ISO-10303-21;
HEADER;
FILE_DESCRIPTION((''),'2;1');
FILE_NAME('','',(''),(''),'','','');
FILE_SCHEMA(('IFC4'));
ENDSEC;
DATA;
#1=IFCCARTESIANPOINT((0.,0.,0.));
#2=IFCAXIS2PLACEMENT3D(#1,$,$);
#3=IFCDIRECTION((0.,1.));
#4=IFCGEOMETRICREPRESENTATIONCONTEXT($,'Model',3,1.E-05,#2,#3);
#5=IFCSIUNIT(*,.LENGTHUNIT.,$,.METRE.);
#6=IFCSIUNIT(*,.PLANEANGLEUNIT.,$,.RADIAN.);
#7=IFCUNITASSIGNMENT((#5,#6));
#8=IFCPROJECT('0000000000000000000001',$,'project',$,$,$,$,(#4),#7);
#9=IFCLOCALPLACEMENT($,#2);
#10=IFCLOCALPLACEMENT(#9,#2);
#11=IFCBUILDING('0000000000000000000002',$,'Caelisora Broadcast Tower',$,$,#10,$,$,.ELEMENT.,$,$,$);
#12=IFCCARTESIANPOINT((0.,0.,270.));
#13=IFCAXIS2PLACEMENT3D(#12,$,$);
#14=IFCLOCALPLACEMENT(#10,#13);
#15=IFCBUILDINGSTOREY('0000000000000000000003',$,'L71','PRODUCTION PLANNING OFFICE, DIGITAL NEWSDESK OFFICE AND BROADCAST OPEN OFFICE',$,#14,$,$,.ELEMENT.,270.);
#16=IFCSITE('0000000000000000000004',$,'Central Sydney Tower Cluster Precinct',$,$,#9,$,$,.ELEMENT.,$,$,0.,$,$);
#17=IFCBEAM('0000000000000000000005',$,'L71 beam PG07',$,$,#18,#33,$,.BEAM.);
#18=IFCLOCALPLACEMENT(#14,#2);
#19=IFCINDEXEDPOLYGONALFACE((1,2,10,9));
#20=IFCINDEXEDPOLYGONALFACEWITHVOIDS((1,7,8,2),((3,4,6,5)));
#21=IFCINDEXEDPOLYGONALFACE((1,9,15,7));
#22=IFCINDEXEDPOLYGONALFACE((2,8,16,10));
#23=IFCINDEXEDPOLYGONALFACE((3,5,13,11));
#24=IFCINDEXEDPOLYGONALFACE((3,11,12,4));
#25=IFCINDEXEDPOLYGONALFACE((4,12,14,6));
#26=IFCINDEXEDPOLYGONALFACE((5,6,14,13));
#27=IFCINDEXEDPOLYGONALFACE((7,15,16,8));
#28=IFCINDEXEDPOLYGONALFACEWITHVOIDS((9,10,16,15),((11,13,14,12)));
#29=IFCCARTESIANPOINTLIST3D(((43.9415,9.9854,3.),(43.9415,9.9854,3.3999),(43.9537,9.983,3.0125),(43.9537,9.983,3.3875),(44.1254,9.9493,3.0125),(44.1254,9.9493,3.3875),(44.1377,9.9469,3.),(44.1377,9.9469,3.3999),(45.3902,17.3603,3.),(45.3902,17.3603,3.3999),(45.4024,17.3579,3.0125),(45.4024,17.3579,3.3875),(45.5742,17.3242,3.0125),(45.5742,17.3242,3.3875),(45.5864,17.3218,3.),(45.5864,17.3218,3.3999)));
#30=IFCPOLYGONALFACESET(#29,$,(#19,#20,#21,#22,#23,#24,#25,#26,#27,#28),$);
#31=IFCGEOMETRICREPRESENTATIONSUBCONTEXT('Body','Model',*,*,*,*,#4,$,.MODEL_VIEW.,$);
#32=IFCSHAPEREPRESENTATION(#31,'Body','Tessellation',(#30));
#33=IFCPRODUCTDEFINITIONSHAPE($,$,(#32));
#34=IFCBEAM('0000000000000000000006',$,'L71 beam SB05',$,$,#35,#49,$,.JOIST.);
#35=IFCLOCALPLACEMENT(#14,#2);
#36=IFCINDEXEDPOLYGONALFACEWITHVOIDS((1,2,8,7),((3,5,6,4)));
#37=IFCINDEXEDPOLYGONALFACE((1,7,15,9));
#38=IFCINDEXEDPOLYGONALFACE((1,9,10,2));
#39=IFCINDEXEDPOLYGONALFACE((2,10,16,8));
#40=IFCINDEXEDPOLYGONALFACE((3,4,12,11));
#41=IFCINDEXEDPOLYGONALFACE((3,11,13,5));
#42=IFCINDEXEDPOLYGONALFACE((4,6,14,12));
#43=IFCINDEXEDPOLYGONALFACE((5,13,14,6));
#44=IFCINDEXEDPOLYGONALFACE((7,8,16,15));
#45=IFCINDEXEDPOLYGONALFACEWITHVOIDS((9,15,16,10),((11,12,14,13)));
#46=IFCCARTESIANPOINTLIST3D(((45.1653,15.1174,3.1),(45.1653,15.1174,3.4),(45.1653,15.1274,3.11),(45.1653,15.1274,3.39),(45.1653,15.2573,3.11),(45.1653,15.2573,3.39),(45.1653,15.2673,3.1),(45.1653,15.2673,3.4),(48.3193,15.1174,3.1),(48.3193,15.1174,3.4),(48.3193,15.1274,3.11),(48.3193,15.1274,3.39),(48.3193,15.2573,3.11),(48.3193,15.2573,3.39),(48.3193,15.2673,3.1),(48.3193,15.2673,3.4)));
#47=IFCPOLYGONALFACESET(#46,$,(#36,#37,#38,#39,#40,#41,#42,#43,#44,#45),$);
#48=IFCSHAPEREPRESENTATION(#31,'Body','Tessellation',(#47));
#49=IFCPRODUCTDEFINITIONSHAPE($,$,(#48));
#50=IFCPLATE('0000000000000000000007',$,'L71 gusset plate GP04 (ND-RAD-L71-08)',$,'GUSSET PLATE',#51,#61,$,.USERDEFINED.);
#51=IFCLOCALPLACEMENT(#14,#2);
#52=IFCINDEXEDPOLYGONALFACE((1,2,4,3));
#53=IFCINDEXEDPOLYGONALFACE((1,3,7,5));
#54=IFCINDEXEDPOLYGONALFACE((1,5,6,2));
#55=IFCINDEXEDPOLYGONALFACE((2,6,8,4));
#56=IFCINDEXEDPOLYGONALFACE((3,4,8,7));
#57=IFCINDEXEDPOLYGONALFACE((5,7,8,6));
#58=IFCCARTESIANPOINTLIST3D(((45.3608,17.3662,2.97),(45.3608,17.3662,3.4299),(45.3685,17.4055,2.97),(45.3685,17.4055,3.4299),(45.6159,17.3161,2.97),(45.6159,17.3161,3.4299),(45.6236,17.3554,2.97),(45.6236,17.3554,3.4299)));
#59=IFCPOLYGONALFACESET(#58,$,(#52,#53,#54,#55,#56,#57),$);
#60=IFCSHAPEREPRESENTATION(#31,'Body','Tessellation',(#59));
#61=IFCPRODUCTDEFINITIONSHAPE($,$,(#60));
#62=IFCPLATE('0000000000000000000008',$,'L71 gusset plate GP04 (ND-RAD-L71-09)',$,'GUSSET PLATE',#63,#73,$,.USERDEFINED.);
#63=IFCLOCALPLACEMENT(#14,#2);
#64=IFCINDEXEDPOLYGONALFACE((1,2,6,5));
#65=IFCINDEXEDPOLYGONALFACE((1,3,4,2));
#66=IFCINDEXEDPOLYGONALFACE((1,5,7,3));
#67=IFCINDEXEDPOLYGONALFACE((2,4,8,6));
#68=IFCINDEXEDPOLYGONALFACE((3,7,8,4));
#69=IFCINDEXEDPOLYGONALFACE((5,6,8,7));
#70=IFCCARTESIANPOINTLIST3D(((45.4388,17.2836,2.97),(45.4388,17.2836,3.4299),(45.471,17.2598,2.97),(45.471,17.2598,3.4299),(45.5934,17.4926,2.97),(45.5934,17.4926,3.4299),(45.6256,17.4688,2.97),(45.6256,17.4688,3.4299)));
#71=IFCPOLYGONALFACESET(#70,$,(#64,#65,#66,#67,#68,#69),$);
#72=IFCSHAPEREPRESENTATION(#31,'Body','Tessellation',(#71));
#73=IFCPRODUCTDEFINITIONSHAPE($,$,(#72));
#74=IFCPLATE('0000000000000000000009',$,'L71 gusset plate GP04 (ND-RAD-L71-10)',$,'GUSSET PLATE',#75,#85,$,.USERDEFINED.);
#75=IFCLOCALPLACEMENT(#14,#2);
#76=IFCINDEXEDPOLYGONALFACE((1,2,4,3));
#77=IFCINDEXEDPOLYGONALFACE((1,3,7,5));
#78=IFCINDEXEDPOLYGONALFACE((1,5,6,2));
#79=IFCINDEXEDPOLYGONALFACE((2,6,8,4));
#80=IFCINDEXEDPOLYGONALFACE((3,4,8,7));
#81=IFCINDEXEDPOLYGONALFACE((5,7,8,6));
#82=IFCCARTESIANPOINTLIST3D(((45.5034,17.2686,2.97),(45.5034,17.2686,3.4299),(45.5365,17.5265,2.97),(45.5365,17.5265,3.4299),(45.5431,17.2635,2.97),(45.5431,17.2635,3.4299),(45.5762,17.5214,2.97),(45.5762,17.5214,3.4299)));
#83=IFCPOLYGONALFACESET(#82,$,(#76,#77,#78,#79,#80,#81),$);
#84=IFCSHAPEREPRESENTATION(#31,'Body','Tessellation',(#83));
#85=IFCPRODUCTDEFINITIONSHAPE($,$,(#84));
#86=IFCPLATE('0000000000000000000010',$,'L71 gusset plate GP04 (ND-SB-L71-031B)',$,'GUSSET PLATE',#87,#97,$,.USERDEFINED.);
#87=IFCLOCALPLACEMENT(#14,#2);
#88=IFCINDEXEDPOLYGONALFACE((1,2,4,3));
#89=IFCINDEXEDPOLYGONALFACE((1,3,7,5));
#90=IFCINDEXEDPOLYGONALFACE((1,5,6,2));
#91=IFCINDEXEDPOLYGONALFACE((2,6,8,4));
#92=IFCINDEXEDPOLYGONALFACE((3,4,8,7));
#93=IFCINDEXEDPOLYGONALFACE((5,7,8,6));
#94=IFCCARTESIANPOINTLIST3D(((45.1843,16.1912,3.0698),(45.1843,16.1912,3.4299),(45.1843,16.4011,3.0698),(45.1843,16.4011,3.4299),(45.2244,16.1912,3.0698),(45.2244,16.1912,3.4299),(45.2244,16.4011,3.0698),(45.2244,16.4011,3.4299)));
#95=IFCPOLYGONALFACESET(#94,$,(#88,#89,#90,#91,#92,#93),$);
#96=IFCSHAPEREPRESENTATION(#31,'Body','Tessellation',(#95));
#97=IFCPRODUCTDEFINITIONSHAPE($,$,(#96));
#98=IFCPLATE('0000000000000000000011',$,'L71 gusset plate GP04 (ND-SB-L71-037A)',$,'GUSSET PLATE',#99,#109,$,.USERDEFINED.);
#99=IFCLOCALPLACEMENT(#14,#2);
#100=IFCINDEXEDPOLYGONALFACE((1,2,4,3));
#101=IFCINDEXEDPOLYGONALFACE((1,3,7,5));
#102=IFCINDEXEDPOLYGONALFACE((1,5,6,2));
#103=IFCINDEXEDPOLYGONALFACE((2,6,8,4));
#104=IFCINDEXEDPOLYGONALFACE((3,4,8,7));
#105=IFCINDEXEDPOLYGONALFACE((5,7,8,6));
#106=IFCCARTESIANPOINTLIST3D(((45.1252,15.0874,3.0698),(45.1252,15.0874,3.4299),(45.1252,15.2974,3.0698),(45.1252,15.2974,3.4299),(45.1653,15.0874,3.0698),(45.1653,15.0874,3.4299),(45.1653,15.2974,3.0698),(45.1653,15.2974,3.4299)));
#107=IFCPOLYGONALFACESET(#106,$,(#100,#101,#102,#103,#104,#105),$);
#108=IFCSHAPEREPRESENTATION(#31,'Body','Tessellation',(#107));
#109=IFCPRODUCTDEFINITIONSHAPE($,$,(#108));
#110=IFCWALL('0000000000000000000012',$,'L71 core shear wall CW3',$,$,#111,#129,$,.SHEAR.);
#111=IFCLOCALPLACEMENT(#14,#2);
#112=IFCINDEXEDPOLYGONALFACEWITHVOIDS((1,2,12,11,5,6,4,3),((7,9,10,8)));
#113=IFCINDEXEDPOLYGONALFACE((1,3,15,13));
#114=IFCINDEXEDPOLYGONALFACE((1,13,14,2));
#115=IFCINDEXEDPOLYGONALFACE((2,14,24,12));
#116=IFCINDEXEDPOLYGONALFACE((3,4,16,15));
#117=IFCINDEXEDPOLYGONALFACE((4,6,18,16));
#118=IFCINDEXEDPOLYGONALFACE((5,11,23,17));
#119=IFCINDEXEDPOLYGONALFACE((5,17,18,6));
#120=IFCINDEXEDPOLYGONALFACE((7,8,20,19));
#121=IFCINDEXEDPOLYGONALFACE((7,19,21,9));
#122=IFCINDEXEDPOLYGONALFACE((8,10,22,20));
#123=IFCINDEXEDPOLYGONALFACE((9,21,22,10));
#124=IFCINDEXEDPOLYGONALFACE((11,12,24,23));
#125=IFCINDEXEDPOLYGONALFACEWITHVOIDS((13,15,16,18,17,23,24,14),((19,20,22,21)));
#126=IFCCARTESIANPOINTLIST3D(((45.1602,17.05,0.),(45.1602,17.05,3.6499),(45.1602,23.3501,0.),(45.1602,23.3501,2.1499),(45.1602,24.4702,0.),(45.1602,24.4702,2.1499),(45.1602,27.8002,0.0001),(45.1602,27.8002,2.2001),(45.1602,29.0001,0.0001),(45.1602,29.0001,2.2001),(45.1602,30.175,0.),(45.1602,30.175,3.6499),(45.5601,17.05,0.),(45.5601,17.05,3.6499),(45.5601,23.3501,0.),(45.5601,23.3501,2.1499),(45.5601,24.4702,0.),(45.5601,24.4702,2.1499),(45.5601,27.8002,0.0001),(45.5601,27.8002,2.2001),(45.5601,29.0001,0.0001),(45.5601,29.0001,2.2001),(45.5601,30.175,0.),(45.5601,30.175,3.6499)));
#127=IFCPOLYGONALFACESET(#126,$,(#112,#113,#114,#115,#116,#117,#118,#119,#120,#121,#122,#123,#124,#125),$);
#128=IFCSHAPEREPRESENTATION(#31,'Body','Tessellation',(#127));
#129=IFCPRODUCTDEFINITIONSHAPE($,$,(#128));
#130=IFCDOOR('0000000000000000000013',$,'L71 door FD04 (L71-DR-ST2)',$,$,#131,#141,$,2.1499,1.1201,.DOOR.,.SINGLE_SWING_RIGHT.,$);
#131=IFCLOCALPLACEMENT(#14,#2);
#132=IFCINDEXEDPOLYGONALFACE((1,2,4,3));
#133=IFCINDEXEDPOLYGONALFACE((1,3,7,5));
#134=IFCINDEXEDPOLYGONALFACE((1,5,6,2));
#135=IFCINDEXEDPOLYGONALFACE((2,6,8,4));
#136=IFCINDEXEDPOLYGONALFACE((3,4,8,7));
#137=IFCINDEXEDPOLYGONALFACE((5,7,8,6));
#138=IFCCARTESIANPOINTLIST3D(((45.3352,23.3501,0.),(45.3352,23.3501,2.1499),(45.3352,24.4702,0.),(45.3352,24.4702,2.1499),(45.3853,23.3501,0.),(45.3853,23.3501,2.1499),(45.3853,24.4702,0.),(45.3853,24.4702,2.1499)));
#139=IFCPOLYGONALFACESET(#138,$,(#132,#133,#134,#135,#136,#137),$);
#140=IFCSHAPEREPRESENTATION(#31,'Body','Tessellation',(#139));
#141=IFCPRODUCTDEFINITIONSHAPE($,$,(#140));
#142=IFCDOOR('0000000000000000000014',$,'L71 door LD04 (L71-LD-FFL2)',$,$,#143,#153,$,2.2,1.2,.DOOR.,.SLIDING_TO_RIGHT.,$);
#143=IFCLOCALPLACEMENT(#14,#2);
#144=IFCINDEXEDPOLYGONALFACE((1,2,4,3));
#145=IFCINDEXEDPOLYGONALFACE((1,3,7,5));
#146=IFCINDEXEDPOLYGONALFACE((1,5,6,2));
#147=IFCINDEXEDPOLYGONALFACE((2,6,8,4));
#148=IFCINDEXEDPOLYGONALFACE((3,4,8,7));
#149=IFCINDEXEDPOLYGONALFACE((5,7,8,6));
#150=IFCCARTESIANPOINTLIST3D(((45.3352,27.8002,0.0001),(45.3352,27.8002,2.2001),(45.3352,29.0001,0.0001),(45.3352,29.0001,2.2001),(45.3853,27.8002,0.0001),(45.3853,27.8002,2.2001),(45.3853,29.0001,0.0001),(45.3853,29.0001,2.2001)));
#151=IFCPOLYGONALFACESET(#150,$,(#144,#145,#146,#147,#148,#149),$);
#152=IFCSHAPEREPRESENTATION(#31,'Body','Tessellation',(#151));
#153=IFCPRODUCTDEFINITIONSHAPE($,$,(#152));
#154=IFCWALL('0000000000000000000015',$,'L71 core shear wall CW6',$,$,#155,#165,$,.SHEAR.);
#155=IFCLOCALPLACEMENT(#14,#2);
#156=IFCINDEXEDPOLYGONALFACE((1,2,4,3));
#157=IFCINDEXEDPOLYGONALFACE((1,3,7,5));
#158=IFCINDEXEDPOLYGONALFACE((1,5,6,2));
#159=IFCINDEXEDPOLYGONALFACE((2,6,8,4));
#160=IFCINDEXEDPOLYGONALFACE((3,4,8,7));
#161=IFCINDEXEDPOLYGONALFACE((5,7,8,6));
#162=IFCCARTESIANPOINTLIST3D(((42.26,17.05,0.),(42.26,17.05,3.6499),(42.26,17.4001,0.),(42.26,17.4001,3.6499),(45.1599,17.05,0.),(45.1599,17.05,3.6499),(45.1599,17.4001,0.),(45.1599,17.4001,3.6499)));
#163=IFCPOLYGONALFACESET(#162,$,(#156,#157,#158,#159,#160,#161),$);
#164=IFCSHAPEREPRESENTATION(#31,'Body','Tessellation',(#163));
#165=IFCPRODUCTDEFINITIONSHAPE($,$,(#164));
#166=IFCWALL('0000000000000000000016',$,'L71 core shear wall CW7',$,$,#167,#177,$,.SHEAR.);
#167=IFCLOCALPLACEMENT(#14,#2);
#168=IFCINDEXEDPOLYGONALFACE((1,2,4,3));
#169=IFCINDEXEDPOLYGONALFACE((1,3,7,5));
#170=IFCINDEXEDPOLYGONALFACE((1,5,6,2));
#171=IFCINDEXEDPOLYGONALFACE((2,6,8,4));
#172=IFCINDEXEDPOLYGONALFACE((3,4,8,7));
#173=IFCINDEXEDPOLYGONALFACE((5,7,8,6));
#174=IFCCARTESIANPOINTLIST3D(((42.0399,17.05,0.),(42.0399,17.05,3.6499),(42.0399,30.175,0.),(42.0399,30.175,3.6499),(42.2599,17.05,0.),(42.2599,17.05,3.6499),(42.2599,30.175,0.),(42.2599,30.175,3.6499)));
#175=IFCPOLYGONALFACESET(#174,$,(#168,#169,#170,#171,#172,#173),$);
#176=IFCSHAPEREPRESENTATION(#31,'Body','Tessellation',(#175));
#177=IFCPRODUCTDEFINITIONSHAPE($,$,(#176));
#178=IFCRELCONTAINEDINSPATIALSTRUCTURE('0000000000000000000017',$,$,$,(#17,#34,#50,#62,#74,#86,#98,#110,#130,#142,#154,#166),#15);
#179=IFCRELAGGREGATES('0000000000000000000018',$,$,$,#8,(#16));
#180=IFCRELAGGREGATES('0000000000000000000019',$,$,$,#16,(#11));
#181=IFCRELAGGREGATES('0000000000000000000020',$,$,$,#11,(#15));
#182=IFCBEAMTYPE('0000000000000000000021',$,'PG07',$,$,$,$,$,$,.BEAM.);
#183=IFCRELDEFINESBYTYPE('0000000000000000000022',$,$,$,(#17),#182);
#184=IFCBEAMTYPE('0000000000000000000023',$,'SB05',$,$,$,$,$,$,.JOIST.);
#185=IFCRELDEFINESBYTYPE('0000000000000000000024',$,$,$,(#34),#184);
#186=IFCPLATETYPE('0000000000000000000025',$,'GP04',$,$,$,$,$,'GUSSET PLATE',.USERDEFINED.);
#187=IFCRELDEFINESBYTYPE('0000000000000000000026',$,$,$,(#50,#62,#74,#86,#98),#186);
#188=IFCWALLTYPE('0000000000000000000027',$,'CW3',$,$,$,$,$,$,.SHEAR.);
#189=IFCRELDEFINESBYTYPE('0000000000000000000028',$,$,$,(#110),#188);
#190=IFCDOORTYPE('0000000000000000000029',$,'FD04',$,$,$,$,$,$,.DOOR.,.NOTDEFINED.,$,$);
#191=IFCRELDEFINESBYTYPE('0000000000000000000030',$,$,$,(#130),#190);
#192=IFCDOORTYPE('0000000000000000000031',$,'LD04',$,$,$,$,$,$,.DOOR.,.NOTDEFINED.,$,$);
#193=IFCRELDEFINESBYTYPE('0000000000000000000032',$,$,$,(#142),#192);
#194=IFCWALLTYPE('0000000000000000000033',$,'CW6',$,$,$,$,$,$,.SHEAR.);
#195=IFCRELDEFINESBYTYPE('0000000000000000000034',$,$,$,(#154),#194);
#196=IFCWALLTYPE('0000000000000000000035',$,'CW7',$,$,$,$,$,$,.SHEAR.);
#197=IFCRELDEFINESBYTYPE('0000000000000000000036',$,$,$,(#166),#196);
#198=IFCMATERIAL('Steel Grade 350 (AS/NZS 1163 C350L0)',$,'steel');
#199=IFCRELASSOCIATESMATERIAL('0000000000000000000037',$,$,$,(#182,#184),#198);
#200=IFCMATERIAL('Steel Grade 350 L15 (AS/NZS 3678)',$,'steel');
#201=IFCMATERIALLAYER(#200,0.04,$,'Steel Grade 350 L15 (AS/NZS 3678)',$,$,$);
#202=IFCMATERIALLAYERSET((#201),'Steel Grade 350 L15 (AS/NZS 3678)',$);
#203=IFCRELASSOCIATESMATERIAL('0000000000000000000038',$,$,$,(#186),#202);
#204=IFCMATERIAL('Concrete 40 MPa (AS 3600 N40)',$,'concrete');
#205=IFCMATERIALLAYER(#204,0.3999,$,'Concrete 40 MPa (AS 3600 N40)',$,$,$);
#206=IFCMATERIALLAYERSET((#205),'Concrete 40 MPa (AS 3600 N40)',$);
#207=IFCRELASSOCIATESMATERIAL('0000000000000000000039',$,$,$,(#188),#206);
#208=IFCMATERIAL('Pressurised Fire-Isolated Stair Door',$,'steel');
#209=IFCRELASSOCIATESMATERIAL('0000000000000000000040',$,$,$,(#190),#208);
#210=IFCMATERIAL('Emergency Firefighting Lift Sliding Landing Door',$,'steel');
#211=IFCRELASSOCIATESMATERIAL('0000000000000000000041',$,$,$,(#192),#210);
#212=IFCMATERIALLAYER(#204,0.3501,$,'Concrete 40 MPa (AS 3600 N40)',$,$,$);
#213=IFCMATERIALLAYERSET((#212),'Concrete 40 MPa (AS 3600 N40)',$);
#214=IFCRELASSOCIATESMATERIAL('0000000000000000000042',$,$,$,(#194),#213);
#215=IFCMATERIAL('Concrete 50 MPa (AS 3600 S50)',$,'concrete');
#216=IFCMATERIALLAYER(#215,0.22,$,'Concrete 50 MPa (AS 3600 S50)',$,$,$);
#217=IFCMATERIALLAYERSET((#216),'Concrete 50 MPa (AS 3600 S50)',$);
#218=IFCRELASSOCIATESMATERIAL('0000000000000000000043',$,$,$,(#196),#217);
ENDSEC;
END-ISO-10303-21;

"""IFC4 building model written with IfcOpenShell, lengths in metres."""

from ifc_helpers import new_model, si_unit, direction, frame, frame_2d, origin, origin_2d, place, context, subcontext, project, spatial, rectangle, hollow_rectangle, extrude, source, transform, mapped, material, layer, layer_set, material_profile, profile_set, type_object, type_shapes, element, fill, save


model = new_model("IFC4")

# Units and contexts
model_context = context("Model", 3, precision=1e-05, world=origin(), true_north=direction((0.0, 1.0)))
body_context = subcontext(model_context, "Body", "Model", "MODEL_VIEW")
ifc_project = project(units=[si_unit("LENGTHUNIT", "METRE"), si_unit("PLANEANGLEUNIT", "RADIAN")], contexts=[model_context])

# Site, building, storey
site_placement = place(None, origin())
site = spatial("IfcSite", under=ifc_project, at=site_placement, Name="Central Sydney Tower Cluster Precinct", CompositionType="ELEMENT", RefElevation=0.0)
building_placement = place(site_placement, origin())
building = spatial("IfcBuilding", under=site, at=building_placement, Name="Caelisora Broadcast Tower", CompositionType="ELEMENT")
storey_placement = place(building_placement, frame((0.0, 0.0, 270.0)))
storey = spatial("IfcBuildingStorey", under=building, at=storey_placement, Name="L71", Description="PRODUCTION PLANNING OFFICE, DIGITAL NEWSDESK OFFICE AND BROADCAST OPEN OFFICE", CompositionType="ELEMENT", Elevation=270.0)

# Beams
ifc_material_1 = material(Name="Steel Grade 350 (AS/NZS 1163 C350L0)", Category="steel")
ifc_material_profile_1 = material_profile(ifc_material_1, hollow_rectangle(XDim=0.2, YDim=0.3999, WallThickness=0.0125, at=origin_2d()), Name="Steel Grade 350 (AS/NZS 1163 C350L0)")
ifc_profile_set_1 = profile_set([ifc_material_profile_1], Name="Steel Grade 350 (AS/NZS 1163 C350L0)")
beam_type_1 = type_object("IfcBeamType", Name="PG07", PredefinedType="BEAM", material=ifc_profile_set_1)
shared_shape_1 = source(origin(), body_context, "Body", "SweptSolid", [
    extrude(hollow_rectangle(XDim=0.2, YDim=0.3999, WallThickness=0.0125, at=origin_2d()), origin(), (0.0, 0.0, 1.0), 7.5159),
])
type_shapes(beam_type_1, [shared_shape_1])
beam_1_placement = place(storey_placement, frame((45.4883, 17.3411, 3.2), z_axis=(-0.192754, -0.981247, 0.0), x_axis=(0.981247, -0.192754, 0.0)))
element("IfcBeam", 1, at=beam_1_placement, inside=storey, type_object=beam_type_1, Name="L71 beam PG07", PredefinedType="BEAM", context=body_context, shape_type="MappedRepresentation", body=[
    mapped(shared_shape_1, transform((0.0, 0.0, 0.0), scale=1.0)),
])
ifc_material_profile_2 = material_profile(ifc_material_1, hollow_rectangle(XDim=0.1499, YDim=0.3, WallThickness=0.01, at=origin_2d()), Name="Steel Grade 350 (AS/NZS 1163 C350L0)")
ifc_profile_set_2 = profile_set([ifc_material_profile_2], Name="Steel Grade 350 (AS/NZS 1163 C350L0)")
beam_type_2 = type_object("IfcBeamType", Name="SB05", PredefinedType="JOIST", material=ifc_profile_set_2)
shared_shape_2 = source(origin(), body_context, "Body", "SweptSolid", [
    extrude(hollow_rectangle(XDim=0.1499, YDim=0.3, WallThickness=0.01, at=origin_2d()), origin(), (0.0, 0.0, 1.0), 3.1541),
])
type_shapes(beam_type_2, [shared_shape_2])
beam_2_placement = place(storey_placement, frame((45.1653, 15.1924, 3.25), z_axis=(1.0, 0.0, 0.0), x_axis=(0.0, 1.0, 0.0)))
element("IfcBeam", 2, at=beam_2_placement, inside=storey, type_object=beam_type_2, Name="L71 beam SB05", PredefinedType="JOIST", context=body_context, shape_type="MappedRepresentation", body=[
    mapped(shared_shape_2, transform((0.0, 0.0, 0.0), scale=1.0)),
])

# Plates
ifc_material_2 = material(Name="Steel Grade 350 L15 (AS/NZS 3678)", Category="steel")
ifc_layer_1 = layer(ifc_material_2, 0.04, Name="Steel Grade 350 L15 (AS/NZS 3678)")
ifc_layer_set_1 = layer_set([ifc_layer_1], Name="Steel Grade 350 L15 (AS/NZS 3678)")
plate_type = type_object("IfcPlateType", Name="GP04", ElementType="GUSSET PLATE", PredefinedType="USERDEFINED", material=ifc_layer_set_1)
shared_shape_3 = source(origin(), body_context, "Body", "SweptSolid", [
    extrude(rectangle(XDim=0.26, YDim=0.04, at=origin_2d()), origin(), (0.0, 0.0, 1.0), 0.46),
])
for number, where, z_axis, x_axis, name in (
    (3, (45.4922, 17.3608, 2.97), (0.0, 0.0, 1.0), (0.981259, -0.192693, 0.0), "L71 gusset plate GP04 (ND-RAD-L71-08)"),
    (4, (45.5322, 17.3762, 2.97), (0.0, 0.0, 1.0), (0.594682, 0.803961, 0.0), "L71 gusset plate GP04 (ND-RAD-L71-09)"),
    (5, (45.5398, 17.395, 2.97), (0.0, 0.0, 1.0), (0.127065, 0.991894, 0.0), "L71 gusset plate GP04 (ND-RAD-L71-10)"),
):
    element("IfcPlate", number, at=place(storey_placement, frame(where, z_axis=z_axis, x_axis=x_axis)), inside=storey, type_object=plate_type, Name=name, ObjectType="GUSSET PLATE", PredefinedType="USERDEFINED", context=body_context, shape_type="MappedRepresentation", body=[
        mapped(shared_shape_3, transform((0.0, 0.0, 0.0), scale=1.0)),
    ])
shared_shape_4 = source(origin(), body_context, "Body", "SweptSolid", [
    extrude(rectangle(XDim=0.21, YDim=0.04, at=origin_2d()), origin(), (0.0, 0.0, 1.0), 0.3601),
])
type_shapes(plate_type, [shared_shape_3, shared_shape_4])
for number, where, z_axis, x_axis, name in (
    (6, (45.2043, 16.2961, 3.0698), (0.0, 0.0, 1.0), (0.0, 1.0, 0.0), "L71 gusset plate GP04 (ND-SB-L71-031B)"),
    (7, (45.1453, 15.1924, 3.0698), (0.0, 0.0, 1.0), (0.0, 1.0, 0.0), "L71 gusset plate GP04 (ND-SB-L71-037A)"),
):
    element("IfcPlate", number, at=place(storey_placement, frame(where, z_axis=z_axis, x_axis=x_axis)), inside=storey, type_object=plate_type, Name=name, ObjectType="GUSSET PLATE", PredefinedType="USERDEFINED", context=body_context, shape_type="MappedRepresentation", body=[
        mapped(shared_shape_4, transform((0.0, 0.0, 0.0), scale=1.0)),
    ])

# Wall, openings, doors
ifc_material_3 = material(Name="Concrete 40 MPa (AS 3600 N40)", Category="concrete")
ifc_layer_2 = layer(ifc_material_3, 0.3999, Name="Concrete 40 MPa (AS 3600 N40)")
ifc_layer_set_2 = layer_set([ifc_layer_2], Name="Concrete 40 MPa (AS 3600 N40)")
wall_type_1 = type_object("IfcWallType", Name="CW3", PredefinedType="SHEAR", material=ifc_layer_set_2)
wall_1_placement = place(storey_placement, frame((45.3601, 17.05, 0.0), z_axis=(0.0, 0.0, 1.0), x_axis=(0.0, 1.0, 0.0)))
wall_1 = element("IfcWall", 8, at=wall_1_placement, inside=storey, type_object=wall_type_1, Name="L71 core shear wall CW3", PredefinedType="SHEAR", context=body_context, shape_type="SweptSolid", body=[
    extrude(rectangle(XDim=13.125, YDim=0.3999, at=frame_2d((6.5625, 0.0))), origin(), (0.0, 0.0, 1.0), 3.6499),
])
opening_1_placement = place(wall_1_placement, frame((6.3, 0.0, 0.0)))
opening_1 = element("IfcOpeningElement", 9, at=opening_1_placement, cuts=wall_1, PredefinedType="OPENING", context=body_context, shape_type="SweptSolid", body=[
    extrude(rectangle(XDim=1.1201, YDim=2.1499, at=frame_2d((0.5601, 1.075))), frame((0.0, 0.2119, 0.0), z_axis=(0.0, -1.0, 0.0), x_axis=(1.0, 0.0, 0.0)), (0.0, 0.0, 1.0), 0.4238),
])
opening_2_placement = place(wall_1_placement, frame((10.75, 0.0, 0.0)))
opening_2 = element("IfcOpeningElement", 10, at=opening_2_placement, cuts=wall_1, PredefinedType="OPENING", context=body_context, shape_type="SweptSolid", body=[
    extrude(rectangle(XDim=1.2, YDim=2.2, at=frame_2d((0.6001, 1.1001))), frame((0.0, 0.2119, 0.0), z_axis=(0.0, -1.0, 0.0), x_axis=(1.0, 0.0, 0.0)), (0.0, 0.0, 1.0), 0.4238),
])
ifc_material_4 = material(Name="Pressurised Fire-Isolated Stair Door", Category="steel")
door_type_1 = type_object("IfcDoorType", Name="FD04", OperationType="NOTDEFINED", PredefinedType="DOOR", material=ifc_material_4)
door_1_placement = place(opening_1_placement, origin())
door_1 = element("IfcDoor", 11, at=door_1_placement, inside=storey, type_object=door_type_1, Name="L71 door FD04 (L71-DR-ST2)", OperationType="SINGLE_SWING_RIGHT", OverallHeight=2.1499, OverallWidth=1.1201, PredefinedType="DOOR", context=body_context, shape_type="SweptSolid", body=[
    extrude(rectangle(XDim=1.1201, YDim=2.1499, at=frame_2d((0.5601, 1.075))), frame((0.0, 0.0249, 0.0), z_axis=(0.0, -1.0, 0.0), x_axis=(1.0, 0.0, 0.0)), (0.0, 0.0, 1.0), 0.05),
])
fill(opening_1, door_1)
ifc_material_5 = material(Name="Emergency Firefighting Lift Sliding Landing Door", Category="steel")
door_type_2 = type_object("IfcDoorType", Name="LD04", OperationType="NOTDEFINED", PredefinedType="DOOR", material=ifc_material_5)
door_2_placement = place(opening_2_placement, origin())
door_2 = element("IfcDoor", 12, at=door_2_placement, inside=storey, type_object=door_type_2, Name="L71 door LD04 (L71-LD-FFL2)", OperationType="SLIDING_TO_RIGHT", OverallHeight=2.2, OverallWidth=1.2, PredefinedType="DOOR", context=body_context, shape_type="SweptSolid", body=[
    extrude(rectangle(XDim=1.2, YDim=2.2, at=frame_2d((0.6001, 1.1001))), frame((0.0, 0.0249, 0.0), z_axis=(0.0, -1.0, 0.0), x_axis=(1.0, 0.0, 0.0)), (0.0, 0.0, 1.0), 0.05),
])
fill(opening_2, door_2)

# Walls
ifc_layer_3 = layer(ifc_material_3, 0.3501, Name="Concrete 40 MPa (AS 3600 N40)")
ifc_layer_set_3 = layer_set([ifc_layer_3], Name="Concrete 40 MPa (AS 3600 N40)")
wall_type_2 = type_object("IfcWallType", Name="CW6", PredefinedType="SHEAR", material=ifc_layer_set_3)
wall_2_placement = place(storey_placement, frame((42.26, 17.2251, 0.0), z_axis=(0.0, 0.0, 1.0), x_axis=(1.0, 0.0, 0.0)))
element("IfcWall", 13, at=wall_2_placement, inside=storey, type_object=wall_type_2, Name="L71 core shear wall CW6", PredefinedType="SHEAR", context=body_context, shape_type="SweptSolid", body=[
    extrude(rectangle(XDim=2.8999, YDim=0.3501, at=frame_2d((1.45, 0.0))), origin(), (0.0, 0.0, 1.0), 3.6499),
])
ifc_material_6 = material(Name="Concrete 50 MPa (AS 3600 S50)", Category="concrete")
ifc_layer_4 = layer(ifc_material_6, 0.22, Name="Concrete 50 MPa (AS 3600 S50)")
ifc_layer_set_4 = layer_set([ifc_layer_4], Name="Concrete 50 MPa (AS 3600 S50)")
wall_type_3 = type_object("IfcWallType", Name="CW7", PredefinedType="SHEAR", material=ifc_layer_set_4)
wall_3_placement = place(storey_placement, frame((42.1499, 17.05, 0.0), z_axis=(0.0, 0.0, 1.0), x_axis=(0.0, 1.0, 0.0)))
element("IfcWall", 14, at=wall_3_placement, inside=storey, type_object=wall_type_3, Name="L71 core shear wall CW7", PredefinedType="SHEAR", context=body_context, shape_type="SweptSolid", body=[
    extrude(rectangle(XDim=13.125, YDim=0.22, at=frame_2d((6.5625, 0.0))), origin(), (0.0, 0.0, 1.0), 3.6499),
])

save(model, "model.ifc")
